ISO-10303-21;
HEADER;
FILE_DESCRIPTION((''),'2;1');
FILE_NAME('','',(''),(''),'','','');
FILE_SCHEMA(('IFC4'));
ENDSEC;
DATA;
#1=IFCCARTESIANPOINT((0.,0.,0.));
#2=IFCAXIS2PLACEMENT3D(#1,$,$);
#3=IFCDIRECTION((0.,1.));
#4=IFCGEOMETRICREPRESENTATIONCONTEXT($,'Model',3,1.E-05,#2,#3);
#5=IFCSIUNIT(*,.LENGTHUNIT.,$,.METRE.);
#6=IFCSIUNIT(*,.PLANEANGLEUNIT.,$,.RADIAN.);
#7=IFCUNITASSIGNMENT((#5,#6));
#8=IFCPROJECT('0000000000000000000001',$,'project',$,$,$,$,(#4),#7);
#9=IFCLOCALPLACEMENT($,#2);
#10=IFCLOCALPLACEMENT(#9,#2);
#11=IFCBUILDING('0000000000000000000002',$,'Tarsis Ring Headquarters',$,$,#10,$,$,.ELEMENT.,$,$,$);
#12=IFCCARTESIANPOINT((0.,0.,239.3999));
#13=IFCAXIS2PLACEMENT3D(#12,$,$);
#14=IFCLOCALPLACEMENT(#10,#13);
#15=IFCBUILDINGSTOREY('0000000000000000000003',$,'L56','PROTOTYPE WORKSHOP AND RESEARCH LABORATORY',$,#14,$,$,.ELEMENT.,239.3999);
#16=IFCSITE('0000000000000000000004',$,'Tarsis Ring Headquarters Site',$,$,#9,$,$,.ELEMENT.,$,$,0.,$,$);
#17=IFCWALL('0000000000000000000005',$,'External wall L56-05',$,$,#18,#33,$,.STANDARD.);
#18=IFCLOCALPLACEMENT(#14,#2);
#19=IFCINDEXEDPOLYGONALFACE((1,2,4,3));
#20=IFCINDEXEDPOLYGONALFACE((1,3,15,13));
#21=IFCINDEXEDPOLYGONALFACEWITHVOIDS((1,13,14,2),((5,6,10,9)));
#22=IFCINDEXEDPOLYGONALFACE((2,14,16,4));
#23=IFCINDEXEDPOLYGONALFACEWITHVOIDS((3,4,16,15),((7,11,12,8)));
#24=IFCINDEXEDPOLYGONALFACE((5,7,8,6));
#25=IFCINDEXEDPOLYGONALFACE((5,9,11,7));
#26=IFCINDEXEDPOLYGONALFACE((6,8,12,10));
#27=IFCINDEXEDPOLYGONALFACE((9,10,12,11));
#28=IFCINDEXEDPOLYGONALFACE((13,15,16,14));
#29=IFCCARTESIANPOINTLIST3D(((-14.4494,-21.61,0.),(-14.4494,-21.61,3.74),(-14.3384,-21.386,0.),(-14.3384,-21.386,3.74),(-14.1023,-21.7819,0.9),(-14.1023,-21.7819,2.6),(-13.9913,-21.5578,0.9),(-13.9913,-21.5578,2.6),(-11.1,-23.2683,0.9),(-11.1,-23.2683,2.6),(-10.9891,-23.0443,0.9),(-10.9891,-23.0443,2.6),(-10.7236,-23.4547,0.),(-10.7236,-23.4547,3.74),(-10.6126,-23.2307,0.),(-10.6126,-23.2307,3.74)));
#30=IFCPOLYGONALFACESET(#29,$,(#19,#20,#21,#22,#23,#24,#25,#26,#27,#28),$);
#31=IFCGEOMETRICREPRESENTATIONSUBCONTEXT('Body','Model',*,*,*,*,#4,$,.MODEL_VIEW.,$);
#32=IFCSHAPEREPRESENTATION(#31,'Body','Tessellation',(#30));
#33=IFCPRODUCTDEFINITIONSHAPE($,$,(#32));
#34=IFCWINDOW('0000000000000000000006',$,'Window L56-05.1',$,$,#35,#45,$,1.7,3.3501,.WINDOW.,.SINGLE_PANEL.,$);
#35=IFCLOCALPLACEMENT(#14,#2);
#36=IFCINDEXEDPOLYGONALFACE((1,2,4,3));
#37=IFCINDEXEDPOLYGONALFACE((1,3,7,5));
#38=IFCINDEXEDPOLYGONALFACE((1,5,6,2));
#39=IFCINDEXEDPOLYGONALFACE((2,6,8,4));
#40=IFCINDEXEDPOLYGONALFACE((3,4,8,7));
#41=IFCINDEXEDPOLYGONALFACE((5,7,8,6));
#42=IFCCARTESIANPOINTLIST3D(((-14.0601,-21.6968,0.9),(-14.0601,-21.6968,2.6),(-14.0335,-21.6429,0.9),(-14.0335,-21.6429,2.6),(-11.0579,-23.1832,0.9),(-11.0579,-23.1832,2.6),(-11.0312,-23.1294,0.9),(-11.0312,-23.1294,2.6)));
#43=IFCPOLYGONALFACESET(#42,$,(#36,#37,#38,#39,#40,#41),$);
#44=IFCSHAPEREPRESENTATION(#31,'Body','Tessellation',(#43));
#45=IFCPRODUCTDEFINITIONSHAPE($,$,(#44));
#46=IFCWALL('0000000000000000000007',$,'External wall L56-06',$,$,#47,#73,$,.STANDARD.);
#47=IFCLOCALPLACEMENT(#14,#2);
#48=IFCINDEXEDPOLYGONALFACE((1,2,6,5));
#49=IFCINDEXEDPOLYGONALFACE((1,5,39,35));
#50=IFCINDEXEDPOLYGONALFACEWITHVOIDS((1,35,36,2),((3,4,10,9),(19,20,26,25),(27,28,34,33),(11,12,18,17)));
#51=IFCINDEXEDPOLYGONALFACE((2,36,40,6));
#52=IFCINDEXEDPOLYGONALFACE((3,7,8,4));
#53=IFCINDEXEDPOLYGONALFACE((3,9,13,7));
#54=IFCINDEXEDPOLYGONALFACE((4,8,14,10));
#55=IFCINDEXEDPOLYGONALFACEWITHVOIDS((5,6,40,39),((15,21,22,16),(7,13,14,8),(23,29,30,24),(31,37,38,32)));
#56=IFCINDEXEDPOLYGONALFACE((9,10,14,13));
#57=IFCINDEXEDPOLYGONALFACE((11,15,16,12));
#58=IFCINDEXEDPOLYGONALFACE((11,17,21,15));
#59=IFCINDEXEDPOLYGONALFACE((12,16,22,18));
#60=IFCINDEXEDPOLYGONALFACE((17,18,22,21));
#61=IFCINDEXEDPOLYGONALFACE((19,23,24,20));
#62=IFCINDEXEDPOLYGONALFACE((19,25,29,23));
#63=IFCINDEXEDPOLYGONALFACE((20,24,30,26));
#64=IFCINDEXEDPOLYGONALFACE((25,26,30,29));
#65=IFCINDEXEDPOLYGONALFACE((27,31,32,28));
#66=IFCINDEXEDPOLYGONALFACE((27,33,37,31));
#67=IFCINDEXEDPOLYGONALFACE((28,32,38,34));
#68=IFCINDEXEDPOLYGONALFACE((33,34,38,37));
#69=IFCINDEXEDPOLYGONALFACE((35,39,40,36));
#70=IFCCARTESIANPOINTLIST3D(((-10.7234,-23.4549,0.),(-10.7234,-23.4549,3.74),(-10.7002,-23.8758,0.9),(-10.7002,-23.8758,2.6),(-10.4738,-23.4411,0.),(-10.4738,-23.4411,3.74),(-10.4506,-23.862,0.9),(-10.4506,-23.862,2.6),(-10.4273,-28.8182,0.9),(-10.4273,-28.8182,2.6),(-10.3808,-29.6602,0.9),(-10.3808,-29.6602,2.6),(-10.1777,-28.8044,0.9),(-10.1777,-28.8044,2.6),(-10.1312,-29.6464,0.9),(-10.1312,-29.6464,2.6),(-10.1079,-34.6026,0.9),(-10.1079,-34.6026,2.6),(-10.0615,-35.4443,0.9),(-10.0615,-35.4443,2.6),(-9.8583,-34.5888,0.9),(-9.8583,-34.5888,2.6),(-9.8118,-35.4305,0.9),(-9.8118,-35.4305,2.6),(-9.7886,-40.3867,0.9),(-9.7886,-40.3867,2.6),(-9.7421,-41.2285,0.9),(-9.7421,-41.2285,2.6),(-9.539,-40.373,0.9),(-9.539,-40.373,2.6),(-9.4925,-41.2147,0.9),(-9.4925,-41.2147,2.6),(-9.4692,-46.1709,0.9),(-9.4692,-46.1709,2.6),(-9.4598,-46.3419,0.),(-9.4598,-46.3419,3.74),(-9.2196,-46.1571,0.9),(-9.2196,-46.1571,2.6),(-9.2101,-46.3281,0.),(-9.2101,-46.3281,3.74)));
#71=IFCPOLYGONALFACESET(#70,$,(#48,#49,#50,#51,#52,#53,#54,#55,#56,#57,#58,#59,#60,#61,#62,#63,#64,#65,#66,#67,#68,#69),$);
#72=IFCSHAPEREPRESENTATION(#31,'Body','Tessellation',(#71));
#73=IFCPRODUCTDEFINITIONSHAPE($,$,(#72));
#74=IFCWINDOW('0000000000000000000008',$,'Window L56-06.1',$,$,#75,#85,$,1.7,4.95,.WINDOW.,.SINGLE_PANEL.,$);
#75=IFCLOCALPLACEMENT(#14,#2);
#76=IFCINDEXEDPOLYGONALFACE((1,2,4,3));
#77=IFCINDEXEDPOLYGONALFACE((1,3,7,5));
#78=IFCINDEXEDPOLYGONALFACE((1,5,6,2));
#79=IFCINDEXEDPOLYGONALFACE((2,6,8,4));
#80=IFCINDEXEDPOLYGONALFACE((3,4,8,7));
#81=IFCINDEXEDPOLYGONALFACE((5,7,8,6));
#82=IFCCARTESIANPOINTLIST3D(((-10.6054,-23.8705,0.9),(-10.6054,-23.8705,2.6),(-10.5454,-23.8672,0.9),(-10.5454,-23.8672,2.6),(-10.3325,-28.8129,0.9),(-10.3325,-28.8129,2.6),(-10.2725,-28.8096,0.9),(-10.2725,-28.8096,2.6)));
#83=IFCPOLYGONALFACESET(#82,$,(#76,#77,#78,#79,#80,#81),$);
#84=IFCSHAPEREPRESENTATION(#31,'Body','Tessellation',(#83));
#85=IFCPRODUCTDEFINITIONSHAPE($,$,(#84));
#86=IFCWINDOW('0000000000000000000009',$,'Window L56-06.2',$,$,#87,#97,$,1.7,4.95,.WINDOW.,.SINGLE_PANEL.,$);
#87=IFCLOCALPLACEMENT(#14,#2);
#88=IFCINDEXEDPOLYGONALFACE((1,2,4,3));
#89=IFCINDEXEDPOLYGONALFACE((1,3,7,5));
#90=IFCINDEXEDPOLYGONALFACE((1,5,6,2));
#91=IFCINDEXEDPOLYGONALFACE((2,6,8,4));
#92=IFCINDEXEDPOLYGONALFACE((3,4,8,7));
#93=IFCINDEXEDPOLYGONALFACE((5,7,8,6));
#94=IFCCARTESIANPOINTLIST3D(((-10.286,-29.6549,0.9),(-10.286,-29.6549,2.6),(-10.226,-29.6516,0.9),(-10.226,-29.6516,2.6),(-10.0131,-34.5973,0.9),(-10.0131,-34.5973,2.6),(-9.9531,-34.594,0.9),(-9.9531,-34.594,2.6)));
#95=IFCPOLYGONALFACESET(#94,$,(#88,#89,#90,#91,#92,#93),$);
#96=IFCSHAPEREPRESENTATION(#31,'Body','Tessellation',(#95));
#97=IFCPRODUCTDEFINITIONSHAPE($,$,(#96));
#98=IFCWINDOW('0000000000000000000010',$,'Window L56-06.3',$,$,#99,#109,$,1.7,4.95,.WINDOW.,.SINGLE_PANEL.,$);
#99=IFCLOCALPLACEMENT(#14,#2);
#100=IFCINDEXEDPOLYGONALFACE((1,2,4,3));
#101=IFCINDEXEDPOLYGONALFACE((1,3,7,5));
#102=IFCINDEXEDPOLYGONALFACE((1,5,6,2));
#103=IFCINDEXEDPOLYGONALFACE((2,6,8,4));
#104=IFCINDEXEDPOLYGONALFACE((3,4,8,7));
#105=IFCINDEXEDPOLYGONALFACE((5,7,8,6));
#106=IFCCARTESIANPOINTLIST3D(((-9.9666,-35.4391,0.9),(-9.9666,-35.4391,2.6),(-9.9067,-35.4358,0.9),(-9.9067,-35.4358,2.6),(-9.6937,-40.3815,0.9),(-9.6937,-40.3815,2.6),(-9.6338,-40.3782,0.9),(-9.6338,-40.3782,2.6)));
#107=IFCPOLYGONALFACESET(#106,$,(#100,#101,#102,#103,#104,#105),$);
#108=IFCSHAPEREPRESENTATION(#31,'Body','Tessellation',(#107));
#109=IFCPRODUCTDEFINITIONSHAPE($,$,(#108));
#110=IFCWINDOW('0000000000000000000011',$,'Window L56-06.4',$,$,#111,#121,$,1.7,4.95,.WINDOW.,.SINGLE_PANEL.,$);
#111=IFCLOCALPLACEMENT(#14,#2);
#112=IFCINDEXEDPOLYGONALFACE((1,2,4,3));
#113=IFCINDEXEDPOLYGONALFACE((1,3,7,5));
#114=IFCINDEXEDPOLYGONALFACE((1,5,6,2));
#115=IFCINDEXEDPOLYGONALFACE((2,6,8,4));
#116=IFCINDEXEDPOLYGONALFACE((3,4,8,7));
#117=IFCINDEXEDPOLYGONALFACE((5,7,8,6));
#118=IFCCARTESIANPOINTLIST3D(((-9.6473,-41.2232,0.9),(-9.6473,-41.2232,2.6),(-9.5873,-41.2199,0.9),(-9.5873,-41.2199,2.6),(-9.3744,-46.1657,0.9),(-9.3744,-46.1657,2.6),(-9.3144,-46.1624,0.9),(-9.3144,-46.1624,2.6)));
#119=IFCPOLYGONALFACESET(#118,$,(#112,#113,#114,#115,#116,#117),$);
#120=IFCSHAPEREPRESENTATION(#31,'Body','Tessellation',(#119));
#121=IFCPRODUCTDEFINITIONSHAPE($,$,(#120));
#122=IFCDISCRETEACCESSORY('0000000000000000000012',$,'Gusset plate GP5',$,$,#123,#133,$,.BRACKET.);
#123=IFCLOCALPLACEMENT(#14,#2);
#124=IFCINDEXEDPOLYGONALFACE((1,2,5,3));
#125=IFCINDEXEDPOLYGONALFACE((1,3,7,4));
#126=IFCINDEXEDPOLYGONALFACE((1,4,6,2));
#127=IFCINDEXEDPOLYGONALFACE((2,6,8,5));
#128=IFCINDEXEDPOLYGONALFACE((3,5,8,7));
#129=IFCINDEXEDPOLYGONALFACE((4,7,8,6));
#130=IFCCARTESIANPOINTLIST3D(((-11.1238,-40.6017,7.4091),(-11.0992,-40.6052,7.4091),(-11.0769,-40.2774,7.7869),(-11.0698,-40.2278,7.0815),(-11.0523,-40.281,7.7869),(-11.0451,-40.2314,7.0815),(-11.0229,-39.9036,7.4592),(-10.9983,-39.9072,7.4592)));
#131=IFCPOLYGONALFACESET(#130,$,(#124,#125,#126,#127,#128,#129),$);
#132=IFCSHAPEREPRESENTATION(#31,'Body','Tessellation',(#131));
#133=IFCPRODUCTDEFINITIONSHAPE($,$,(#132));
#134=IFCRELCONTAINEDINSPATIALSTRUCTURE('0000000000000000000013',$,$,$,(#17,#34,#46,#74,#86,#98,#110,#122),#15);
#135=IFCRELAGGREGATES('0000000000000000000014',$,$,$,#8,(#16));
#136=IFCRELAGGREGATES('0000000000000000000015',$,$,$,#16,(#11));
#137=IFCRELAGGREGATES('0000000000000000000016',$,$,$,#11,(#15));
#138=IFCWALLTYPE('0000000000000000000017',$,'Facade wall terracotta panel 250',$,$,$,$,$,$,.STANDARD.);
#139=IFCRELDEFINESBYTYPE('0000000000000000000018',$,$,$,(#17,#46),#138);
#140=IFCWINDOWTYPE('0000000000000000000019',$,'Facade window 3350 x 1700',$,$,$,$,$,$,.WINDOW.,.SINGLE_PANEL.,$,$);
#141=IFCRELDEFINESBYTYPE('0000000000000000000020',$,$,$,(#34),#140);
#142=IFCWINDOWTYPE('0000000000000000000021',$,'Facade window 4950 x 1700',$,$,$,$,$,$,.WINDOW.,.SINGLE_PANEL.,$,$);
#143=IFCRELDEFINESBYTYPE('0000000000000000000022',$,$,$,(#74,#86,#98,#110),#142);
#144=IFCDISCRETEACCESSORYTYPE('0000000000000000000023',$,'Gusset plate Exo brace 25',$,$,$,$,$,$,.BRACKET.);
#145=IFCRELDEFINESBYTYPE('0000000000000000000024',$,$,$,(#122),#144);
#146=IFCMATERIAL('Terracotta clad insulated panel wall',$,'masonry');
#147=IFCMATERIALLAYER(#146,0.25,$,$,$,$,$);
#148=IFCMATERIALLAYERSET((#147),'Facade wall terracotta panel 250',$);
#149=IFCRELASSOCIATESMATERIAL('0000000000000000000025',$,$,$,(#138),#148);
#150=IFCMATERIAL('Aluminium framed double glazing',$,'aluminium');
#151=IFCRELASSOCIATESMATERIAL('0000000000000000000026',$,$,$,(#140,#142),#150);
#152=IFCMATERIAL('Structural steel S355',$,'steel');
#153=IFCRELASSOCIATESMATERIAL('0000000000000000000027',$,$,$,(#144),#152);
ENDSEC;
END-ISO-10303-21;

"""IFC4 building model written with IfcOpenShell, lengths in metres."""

from ifc_helpers import new_model, si_unit, direction, frame, frame_2d, origin, origin_2d, place, context, subcontext, project, spatial, rectangle, extrude, material, layer, layer_set, material_profile, profile_set, type_object, element, fill, save


model = new_model("IFC4")

# Units and contexts
model_context = context("Model", 3, precision=1e-05, world=origin(), true_north=direction((0.0, 1.0)))
body_context = subcontext(model_context, "Body", "Model", "MODEL_VIEW")
ifc_project = project(units=[si_unit("LENGTHUNIT", "METRE"), si_unit("PLANEANGLEUNIT", "RADIAN")], contexts=[model_context])

# Site, building, storey
site_placement = place(None, origin())
site = spatial("IfcSite", under=ifc_project, at=site_placement, Name="Tarsis Ring Headquarters Site", CompositionType="ELEMENT", RefElevation=0.0)
building_placement = place(site_placement, origin())
building = spatial("IfcBuilding", under=site, at=building_placement, Name="Tarsis Ring Headquarters", CompositionType="ELEMENT")
storey_placement = place(building_placement, frame((0.0, 0.0, 239.3999)))
storey = spatial("IfcBuildingStorey", under=building, at=storey_placement, Name="L56", Description="PROTOTYPE WORKSHOP AND RESEARCH LABORATORY", CompositionType="ELEMENT", Elevation=239.3999)

# Shared definitions
ifc_material_1 = material(Name="Structural steel S355", Category="steel")

# Wall, opening, window
ifc_material_2 = material(Name="Terracotta clad insulated panel wall", Category="masonry")
ifc_layer_1 = layer(ifc_material_2, 0.25)
ifc_layer_set_1 = layer_set([ifc_layer_1], Name="Facade wall terracotta panel 250")
wall_type_1 = type_object("IfcWallType", Name="Facade wall terracotta panel 250", PredefinedType="STANDARD", material=ifc_layer_set_1)
wall_1_placement = place(storey_placement, frame((-14.3938, -21.498, 0.0), z_axis=(0.0, 0.0, 1.0), x_axis=(0.89617, -0.44371, 0.0)))
wall_1 = element("IfcWall", 1, at=wall_1_placement, inside=storey, type_object=wall_type_1, Name="External wall L56-05", PredefinedType="STANDARD", context=body_context, shape_type="SweptSolid", body=[
    extrude(rectangle(XDim=4.1575, YDim=0.25, at=frame_2d((2.0786, 0.0))), origin(), (0.0, 0.0, 1.0), 3.74),
])
opening_1_placement = place(wall_1_placement, frame((0.3872, 0.0, 0.8999)))
opening_1 = element("IfcOpeningElement", 2, at=opening_1_placement, cuts=wall_1, PredefinedType="OPENING", context=body_context, shape_type="SweptSolid", body=[
    extrude(rectangle(XDim=3.3501, YDim=1.7, at=frame_2d((1.675, 0.8501))), frame((0.0, 0.135, 0.0), z_axis=(0.0, -1.0, 0.0), x_axis=(1.0, 0.0, 0.0)), (0.0, 0.0, 1.0), 0.27),
])
ifc_material_3 = material(Name="Aluminium framed double glazing", Category="aluminium")
window_type_1 = type_object("IfcWindowType", Name="Facade window 3350 x 1700", PartitioningType="SINGLE_PANEL", PredefinedType="WINDOW", material=ifc_material_3)
window_1_placement = place(opening_1_placement, origin())
window_1 = element("IfcWindow", 3, at=window_1_placement, inside=storey, type_object=window_type_1, Name="Window L56-05.1", OverallHeight=1.7, OverallWidth=3.3501, PartitioningType="SINGLE_PANEL", PredefinedType="WINDOW", context=body_context, shape_type="SweptSolid", body=[
    extrude(rectangle(XDim=3.3501, YDim=1.7, at=frame_2d((1.675, 0.8501))), frame((0.0, 0.03, 0.0), z_axis=(0.0, -1.0, 0.0), x_axis=(1.0, 0.0, 0.0)), (0.0, 0.0, 1.0), 0.0601),
])
fill(opening_1, window_1)

# Wall, openings, windows
wall_2_placement = place(storey_placement, frame((-10.5986, -23.448, 0.0), z_axis=(0.0, 0.0, 1.0), x_axis=(0.05513, -0.998479, 0.0)))
wall_2 = element("IfcWall", 4, at=wall_2_placement, inside=storey, type_object=wall_type_1, Name="External wall L56-06", PredefinedType="STANDARD", context=body_context, shape_type="SweptSolid", body=[
    extrude(rectangle(XDim=22.9219, YDim=0.25, at=frame_2d((11.4609, 0.0))), origin(), (0.0, 0.0, 1.0), 3.74),
])
opening_2_placement = place(wall_2_placement, frame((0.4214, 0.0, 0.8999)))
opening_2 = element("IfcOpeningElement", 5, at=opening_2_placement, cuts=wall_2, PredefinedType="OPENING", context=body_context, shape_type="SweptSolid", body=[
    extrude(rectangle(XDim=4.95, YDim=1.7, at=frame_2d((2.4751, 0.8501))), frame((0.0, 0.135, 0.0), z_axis=(0.0, -1.0, 0.0), x_axis=(1.0, 0.0, 0.0)), (0.0, 0.0, 1.0), 0.27),
])
opening_3_placement = place(wall_2_placement, frame((6.2146, 0.0, 0.8999)))
opening_3 = element("IfcOpeningElement", 6, at=opening_3_placement, cuts=wall_2, PredefinedType="OPENING", context=body_context, shape_type="SweptSolid", body=[
    extrude(rectangle(XDim=4.95, YDim=1.7, at=frame_2d((2.4751, 0.8501))), frame((0.0, 0.135, 0.0), z_axis=(0.0, -1.0, 0.0), x_axis=(1.0, 0.0, 0.0)), (0.0, 0.0, 1.0), 0.27),
])
opening_4_placement = place(wall_2_placement, frame((12.0076, 0.0, 0.8999)))
opening_4 = element("IfcOpeningElement", 7, at=opening_4_placement, cuts=wall_2, PredefinedType="OPENING", context=body_context, shape_type="SweptSolid", body=[
    extrude(rectangle(XDim=4.95, YDim=1.7, at=frame_2d((2.4751, 0.8501))), frame((0.0, 0.135, 0.0), z_axis=(0.0, -1.0, 0.0), x_axis=(1.0, 0.0, 0.0)), (0.0, 0.0, 1.0), 0.27),
])
opening_5_placement = place(wall_2_placement, frame((17.8005, 0.0, 0.8999)))
opening_5 = element("IfcOpeningElement", 8, at=opening_5_placement, cuts=wall_2, PredefinedType="OPENING", context=body_context, shape_type="SweptSolid", body=[
    extrude(rectangle(XDim=4.95, YDim=1.7, at=frame_2d((2.4751, 0.8501))), frame((0.0, 0.135, 0.0), z_axis=(0.0, -1.0, 0.0), x_axis=(1.0, 0.0, 0.0)), (0.0, 0.0, 1.0), 0.27),
])
window_type_2 = type_object("IfcWindowType", Name="Facade window 4950 x 1700", PartitioningType="SINGLE_PANEL", PredefinedType="WINDOW", material=ifc_material_3)
window_2_placement = place(opening_2_placement, origin())
window_2 = element("IfcWindow", 9, at=window_2_placement, inside=storey, type_object=window_type_2, Name="Window L56-06.1", OverallHeight=1.7, OverallWidth=4.95, PartitioningType="SINGLE_PANEL", PredefinedType="WINDOW", context=body_context, shape_type="SweptSolid", body=[
    extrude(rectangle(XDim=4.95, YDim=1.7, at=frame_2d((2.4751, 0.8501))), frame((0.0, 0.03, 0.0), z_axis=(0.0, -1.0, 0.0), x_axis=(1.0, 0.0, 0.0)), (0.0, 0.0, 1.0), 0.0601),
])
fill(opening_2, window_2)
window_3_placement = place(opening_3_placement, origin())
window_3 = element("IfcWindow", 10, at=window_3_placement, inside=storey, type_object=window_type_2, Name="Window L56-06.2", OverallHeight=1.7, OverallWidth=4.95, PartitioningType="SINGLE_PANEL", PredefinedType="WINDOW", context=body_context, shape_type="SweptSolid", body=[
    extrude(rectangle(XDim=4.95, YDim=1.7, at=frame_2d((2.4751, 0.8501))), frame((0.0, 0.03, 0.0), z_axis=(0.0, -1.0, 0.0), x_axis=(1.0, 0.0, 0.0)), (0.0, 0.0, 1.0), 0.0601),
])
fill(opening_3, window_3)
window_4_placement = place(opening_4_placement, origin())
window_4 = element("IfcWindow", 11, at=window_4_placement, inside=storey, type_object=window_type_2, Name="Window L56-06.3", OverallHeight=1.7, OverallWidth=4.95, PartitioningType="SINGLE_PANEL", PredefinedType="WINDOW", context=body_context, shape_type="SweptSolid", body=[
    extrude(rectangle(XDim=4.95, YDim=1.7, at=frame_2d((2.4751, 0.8501))), frame((0.0, 0.03, 0.0), z_axis=(0.0, -1.0, 0.0), x_axis=(1.0, 0.0, 0.0)), (0.0, 0.0, 1.0), 0.0601),
])
fill(opening_4, window_4)
window_5_placement = place(opening_5_placement, origin())
window_5 = element("IfcWindow", 12, at=window_5_placement, inside=storey, type_object=window_type_2, Name="Window L56-06.4", OverallHeight=1.7, OverallWidth=4.95, PartitioningType="SINGLE_PANEL", PredefinedType="WINDOW", context=body_context, shape_type="SweptSolid", body=[
    extrude(rectangle(XDim=4.95, YDim=1.7, at=frame_2d((2.4751, 0.8501))), frame((0.0, 0.03, 0.0), z_axis=(0.0, -1.0, 0.0), x_axis=(1.0, 0.0, 0.0)), (0.0, 0.0, 1.0), 0.0601),
])
fill(opening_5, window_5)

# Discrete accessory
ifc_material_profile_1 = material_profile(ifc_material_1, rectangle(XDim=0.0249, YDim=0.5, at=origin_2d()), Name="PL 25x500")
ifc_profile_set_1 = profile_set([ifc_material_profile_1], Name="Structural steel S355")
discrete_accessory_type = type_object("IfcDiscreteAccessoryType", Name="Gusset plate Exo brace 25", PredefinedType="BRACKET", material=ifc_profile_set_1)
discrete_accessory_placement = place(storey_placement, frame((-11.0376, -40.0923, 7.623), z_axis=(-0.093757, -0.648488, -0.755429), x_axis=(0.98971, -0.143091, 0.0)))
element("IfcDiscreteAccessory", 13, at=discrete_accessory_placement, inside=storey, type_object=discrete_accessory_type, Name="Gusset plate GP5", PredefinedType="BRACKET", context=body_context, shape_type="SweptSolid", body=[
    extrude(rectangle(XDim=0.0249, YDim=0.5, at=origin_2d()), origin(), (0.0, 0.0, 1.0), 0.5),
])

save(model, "model.ifc")
